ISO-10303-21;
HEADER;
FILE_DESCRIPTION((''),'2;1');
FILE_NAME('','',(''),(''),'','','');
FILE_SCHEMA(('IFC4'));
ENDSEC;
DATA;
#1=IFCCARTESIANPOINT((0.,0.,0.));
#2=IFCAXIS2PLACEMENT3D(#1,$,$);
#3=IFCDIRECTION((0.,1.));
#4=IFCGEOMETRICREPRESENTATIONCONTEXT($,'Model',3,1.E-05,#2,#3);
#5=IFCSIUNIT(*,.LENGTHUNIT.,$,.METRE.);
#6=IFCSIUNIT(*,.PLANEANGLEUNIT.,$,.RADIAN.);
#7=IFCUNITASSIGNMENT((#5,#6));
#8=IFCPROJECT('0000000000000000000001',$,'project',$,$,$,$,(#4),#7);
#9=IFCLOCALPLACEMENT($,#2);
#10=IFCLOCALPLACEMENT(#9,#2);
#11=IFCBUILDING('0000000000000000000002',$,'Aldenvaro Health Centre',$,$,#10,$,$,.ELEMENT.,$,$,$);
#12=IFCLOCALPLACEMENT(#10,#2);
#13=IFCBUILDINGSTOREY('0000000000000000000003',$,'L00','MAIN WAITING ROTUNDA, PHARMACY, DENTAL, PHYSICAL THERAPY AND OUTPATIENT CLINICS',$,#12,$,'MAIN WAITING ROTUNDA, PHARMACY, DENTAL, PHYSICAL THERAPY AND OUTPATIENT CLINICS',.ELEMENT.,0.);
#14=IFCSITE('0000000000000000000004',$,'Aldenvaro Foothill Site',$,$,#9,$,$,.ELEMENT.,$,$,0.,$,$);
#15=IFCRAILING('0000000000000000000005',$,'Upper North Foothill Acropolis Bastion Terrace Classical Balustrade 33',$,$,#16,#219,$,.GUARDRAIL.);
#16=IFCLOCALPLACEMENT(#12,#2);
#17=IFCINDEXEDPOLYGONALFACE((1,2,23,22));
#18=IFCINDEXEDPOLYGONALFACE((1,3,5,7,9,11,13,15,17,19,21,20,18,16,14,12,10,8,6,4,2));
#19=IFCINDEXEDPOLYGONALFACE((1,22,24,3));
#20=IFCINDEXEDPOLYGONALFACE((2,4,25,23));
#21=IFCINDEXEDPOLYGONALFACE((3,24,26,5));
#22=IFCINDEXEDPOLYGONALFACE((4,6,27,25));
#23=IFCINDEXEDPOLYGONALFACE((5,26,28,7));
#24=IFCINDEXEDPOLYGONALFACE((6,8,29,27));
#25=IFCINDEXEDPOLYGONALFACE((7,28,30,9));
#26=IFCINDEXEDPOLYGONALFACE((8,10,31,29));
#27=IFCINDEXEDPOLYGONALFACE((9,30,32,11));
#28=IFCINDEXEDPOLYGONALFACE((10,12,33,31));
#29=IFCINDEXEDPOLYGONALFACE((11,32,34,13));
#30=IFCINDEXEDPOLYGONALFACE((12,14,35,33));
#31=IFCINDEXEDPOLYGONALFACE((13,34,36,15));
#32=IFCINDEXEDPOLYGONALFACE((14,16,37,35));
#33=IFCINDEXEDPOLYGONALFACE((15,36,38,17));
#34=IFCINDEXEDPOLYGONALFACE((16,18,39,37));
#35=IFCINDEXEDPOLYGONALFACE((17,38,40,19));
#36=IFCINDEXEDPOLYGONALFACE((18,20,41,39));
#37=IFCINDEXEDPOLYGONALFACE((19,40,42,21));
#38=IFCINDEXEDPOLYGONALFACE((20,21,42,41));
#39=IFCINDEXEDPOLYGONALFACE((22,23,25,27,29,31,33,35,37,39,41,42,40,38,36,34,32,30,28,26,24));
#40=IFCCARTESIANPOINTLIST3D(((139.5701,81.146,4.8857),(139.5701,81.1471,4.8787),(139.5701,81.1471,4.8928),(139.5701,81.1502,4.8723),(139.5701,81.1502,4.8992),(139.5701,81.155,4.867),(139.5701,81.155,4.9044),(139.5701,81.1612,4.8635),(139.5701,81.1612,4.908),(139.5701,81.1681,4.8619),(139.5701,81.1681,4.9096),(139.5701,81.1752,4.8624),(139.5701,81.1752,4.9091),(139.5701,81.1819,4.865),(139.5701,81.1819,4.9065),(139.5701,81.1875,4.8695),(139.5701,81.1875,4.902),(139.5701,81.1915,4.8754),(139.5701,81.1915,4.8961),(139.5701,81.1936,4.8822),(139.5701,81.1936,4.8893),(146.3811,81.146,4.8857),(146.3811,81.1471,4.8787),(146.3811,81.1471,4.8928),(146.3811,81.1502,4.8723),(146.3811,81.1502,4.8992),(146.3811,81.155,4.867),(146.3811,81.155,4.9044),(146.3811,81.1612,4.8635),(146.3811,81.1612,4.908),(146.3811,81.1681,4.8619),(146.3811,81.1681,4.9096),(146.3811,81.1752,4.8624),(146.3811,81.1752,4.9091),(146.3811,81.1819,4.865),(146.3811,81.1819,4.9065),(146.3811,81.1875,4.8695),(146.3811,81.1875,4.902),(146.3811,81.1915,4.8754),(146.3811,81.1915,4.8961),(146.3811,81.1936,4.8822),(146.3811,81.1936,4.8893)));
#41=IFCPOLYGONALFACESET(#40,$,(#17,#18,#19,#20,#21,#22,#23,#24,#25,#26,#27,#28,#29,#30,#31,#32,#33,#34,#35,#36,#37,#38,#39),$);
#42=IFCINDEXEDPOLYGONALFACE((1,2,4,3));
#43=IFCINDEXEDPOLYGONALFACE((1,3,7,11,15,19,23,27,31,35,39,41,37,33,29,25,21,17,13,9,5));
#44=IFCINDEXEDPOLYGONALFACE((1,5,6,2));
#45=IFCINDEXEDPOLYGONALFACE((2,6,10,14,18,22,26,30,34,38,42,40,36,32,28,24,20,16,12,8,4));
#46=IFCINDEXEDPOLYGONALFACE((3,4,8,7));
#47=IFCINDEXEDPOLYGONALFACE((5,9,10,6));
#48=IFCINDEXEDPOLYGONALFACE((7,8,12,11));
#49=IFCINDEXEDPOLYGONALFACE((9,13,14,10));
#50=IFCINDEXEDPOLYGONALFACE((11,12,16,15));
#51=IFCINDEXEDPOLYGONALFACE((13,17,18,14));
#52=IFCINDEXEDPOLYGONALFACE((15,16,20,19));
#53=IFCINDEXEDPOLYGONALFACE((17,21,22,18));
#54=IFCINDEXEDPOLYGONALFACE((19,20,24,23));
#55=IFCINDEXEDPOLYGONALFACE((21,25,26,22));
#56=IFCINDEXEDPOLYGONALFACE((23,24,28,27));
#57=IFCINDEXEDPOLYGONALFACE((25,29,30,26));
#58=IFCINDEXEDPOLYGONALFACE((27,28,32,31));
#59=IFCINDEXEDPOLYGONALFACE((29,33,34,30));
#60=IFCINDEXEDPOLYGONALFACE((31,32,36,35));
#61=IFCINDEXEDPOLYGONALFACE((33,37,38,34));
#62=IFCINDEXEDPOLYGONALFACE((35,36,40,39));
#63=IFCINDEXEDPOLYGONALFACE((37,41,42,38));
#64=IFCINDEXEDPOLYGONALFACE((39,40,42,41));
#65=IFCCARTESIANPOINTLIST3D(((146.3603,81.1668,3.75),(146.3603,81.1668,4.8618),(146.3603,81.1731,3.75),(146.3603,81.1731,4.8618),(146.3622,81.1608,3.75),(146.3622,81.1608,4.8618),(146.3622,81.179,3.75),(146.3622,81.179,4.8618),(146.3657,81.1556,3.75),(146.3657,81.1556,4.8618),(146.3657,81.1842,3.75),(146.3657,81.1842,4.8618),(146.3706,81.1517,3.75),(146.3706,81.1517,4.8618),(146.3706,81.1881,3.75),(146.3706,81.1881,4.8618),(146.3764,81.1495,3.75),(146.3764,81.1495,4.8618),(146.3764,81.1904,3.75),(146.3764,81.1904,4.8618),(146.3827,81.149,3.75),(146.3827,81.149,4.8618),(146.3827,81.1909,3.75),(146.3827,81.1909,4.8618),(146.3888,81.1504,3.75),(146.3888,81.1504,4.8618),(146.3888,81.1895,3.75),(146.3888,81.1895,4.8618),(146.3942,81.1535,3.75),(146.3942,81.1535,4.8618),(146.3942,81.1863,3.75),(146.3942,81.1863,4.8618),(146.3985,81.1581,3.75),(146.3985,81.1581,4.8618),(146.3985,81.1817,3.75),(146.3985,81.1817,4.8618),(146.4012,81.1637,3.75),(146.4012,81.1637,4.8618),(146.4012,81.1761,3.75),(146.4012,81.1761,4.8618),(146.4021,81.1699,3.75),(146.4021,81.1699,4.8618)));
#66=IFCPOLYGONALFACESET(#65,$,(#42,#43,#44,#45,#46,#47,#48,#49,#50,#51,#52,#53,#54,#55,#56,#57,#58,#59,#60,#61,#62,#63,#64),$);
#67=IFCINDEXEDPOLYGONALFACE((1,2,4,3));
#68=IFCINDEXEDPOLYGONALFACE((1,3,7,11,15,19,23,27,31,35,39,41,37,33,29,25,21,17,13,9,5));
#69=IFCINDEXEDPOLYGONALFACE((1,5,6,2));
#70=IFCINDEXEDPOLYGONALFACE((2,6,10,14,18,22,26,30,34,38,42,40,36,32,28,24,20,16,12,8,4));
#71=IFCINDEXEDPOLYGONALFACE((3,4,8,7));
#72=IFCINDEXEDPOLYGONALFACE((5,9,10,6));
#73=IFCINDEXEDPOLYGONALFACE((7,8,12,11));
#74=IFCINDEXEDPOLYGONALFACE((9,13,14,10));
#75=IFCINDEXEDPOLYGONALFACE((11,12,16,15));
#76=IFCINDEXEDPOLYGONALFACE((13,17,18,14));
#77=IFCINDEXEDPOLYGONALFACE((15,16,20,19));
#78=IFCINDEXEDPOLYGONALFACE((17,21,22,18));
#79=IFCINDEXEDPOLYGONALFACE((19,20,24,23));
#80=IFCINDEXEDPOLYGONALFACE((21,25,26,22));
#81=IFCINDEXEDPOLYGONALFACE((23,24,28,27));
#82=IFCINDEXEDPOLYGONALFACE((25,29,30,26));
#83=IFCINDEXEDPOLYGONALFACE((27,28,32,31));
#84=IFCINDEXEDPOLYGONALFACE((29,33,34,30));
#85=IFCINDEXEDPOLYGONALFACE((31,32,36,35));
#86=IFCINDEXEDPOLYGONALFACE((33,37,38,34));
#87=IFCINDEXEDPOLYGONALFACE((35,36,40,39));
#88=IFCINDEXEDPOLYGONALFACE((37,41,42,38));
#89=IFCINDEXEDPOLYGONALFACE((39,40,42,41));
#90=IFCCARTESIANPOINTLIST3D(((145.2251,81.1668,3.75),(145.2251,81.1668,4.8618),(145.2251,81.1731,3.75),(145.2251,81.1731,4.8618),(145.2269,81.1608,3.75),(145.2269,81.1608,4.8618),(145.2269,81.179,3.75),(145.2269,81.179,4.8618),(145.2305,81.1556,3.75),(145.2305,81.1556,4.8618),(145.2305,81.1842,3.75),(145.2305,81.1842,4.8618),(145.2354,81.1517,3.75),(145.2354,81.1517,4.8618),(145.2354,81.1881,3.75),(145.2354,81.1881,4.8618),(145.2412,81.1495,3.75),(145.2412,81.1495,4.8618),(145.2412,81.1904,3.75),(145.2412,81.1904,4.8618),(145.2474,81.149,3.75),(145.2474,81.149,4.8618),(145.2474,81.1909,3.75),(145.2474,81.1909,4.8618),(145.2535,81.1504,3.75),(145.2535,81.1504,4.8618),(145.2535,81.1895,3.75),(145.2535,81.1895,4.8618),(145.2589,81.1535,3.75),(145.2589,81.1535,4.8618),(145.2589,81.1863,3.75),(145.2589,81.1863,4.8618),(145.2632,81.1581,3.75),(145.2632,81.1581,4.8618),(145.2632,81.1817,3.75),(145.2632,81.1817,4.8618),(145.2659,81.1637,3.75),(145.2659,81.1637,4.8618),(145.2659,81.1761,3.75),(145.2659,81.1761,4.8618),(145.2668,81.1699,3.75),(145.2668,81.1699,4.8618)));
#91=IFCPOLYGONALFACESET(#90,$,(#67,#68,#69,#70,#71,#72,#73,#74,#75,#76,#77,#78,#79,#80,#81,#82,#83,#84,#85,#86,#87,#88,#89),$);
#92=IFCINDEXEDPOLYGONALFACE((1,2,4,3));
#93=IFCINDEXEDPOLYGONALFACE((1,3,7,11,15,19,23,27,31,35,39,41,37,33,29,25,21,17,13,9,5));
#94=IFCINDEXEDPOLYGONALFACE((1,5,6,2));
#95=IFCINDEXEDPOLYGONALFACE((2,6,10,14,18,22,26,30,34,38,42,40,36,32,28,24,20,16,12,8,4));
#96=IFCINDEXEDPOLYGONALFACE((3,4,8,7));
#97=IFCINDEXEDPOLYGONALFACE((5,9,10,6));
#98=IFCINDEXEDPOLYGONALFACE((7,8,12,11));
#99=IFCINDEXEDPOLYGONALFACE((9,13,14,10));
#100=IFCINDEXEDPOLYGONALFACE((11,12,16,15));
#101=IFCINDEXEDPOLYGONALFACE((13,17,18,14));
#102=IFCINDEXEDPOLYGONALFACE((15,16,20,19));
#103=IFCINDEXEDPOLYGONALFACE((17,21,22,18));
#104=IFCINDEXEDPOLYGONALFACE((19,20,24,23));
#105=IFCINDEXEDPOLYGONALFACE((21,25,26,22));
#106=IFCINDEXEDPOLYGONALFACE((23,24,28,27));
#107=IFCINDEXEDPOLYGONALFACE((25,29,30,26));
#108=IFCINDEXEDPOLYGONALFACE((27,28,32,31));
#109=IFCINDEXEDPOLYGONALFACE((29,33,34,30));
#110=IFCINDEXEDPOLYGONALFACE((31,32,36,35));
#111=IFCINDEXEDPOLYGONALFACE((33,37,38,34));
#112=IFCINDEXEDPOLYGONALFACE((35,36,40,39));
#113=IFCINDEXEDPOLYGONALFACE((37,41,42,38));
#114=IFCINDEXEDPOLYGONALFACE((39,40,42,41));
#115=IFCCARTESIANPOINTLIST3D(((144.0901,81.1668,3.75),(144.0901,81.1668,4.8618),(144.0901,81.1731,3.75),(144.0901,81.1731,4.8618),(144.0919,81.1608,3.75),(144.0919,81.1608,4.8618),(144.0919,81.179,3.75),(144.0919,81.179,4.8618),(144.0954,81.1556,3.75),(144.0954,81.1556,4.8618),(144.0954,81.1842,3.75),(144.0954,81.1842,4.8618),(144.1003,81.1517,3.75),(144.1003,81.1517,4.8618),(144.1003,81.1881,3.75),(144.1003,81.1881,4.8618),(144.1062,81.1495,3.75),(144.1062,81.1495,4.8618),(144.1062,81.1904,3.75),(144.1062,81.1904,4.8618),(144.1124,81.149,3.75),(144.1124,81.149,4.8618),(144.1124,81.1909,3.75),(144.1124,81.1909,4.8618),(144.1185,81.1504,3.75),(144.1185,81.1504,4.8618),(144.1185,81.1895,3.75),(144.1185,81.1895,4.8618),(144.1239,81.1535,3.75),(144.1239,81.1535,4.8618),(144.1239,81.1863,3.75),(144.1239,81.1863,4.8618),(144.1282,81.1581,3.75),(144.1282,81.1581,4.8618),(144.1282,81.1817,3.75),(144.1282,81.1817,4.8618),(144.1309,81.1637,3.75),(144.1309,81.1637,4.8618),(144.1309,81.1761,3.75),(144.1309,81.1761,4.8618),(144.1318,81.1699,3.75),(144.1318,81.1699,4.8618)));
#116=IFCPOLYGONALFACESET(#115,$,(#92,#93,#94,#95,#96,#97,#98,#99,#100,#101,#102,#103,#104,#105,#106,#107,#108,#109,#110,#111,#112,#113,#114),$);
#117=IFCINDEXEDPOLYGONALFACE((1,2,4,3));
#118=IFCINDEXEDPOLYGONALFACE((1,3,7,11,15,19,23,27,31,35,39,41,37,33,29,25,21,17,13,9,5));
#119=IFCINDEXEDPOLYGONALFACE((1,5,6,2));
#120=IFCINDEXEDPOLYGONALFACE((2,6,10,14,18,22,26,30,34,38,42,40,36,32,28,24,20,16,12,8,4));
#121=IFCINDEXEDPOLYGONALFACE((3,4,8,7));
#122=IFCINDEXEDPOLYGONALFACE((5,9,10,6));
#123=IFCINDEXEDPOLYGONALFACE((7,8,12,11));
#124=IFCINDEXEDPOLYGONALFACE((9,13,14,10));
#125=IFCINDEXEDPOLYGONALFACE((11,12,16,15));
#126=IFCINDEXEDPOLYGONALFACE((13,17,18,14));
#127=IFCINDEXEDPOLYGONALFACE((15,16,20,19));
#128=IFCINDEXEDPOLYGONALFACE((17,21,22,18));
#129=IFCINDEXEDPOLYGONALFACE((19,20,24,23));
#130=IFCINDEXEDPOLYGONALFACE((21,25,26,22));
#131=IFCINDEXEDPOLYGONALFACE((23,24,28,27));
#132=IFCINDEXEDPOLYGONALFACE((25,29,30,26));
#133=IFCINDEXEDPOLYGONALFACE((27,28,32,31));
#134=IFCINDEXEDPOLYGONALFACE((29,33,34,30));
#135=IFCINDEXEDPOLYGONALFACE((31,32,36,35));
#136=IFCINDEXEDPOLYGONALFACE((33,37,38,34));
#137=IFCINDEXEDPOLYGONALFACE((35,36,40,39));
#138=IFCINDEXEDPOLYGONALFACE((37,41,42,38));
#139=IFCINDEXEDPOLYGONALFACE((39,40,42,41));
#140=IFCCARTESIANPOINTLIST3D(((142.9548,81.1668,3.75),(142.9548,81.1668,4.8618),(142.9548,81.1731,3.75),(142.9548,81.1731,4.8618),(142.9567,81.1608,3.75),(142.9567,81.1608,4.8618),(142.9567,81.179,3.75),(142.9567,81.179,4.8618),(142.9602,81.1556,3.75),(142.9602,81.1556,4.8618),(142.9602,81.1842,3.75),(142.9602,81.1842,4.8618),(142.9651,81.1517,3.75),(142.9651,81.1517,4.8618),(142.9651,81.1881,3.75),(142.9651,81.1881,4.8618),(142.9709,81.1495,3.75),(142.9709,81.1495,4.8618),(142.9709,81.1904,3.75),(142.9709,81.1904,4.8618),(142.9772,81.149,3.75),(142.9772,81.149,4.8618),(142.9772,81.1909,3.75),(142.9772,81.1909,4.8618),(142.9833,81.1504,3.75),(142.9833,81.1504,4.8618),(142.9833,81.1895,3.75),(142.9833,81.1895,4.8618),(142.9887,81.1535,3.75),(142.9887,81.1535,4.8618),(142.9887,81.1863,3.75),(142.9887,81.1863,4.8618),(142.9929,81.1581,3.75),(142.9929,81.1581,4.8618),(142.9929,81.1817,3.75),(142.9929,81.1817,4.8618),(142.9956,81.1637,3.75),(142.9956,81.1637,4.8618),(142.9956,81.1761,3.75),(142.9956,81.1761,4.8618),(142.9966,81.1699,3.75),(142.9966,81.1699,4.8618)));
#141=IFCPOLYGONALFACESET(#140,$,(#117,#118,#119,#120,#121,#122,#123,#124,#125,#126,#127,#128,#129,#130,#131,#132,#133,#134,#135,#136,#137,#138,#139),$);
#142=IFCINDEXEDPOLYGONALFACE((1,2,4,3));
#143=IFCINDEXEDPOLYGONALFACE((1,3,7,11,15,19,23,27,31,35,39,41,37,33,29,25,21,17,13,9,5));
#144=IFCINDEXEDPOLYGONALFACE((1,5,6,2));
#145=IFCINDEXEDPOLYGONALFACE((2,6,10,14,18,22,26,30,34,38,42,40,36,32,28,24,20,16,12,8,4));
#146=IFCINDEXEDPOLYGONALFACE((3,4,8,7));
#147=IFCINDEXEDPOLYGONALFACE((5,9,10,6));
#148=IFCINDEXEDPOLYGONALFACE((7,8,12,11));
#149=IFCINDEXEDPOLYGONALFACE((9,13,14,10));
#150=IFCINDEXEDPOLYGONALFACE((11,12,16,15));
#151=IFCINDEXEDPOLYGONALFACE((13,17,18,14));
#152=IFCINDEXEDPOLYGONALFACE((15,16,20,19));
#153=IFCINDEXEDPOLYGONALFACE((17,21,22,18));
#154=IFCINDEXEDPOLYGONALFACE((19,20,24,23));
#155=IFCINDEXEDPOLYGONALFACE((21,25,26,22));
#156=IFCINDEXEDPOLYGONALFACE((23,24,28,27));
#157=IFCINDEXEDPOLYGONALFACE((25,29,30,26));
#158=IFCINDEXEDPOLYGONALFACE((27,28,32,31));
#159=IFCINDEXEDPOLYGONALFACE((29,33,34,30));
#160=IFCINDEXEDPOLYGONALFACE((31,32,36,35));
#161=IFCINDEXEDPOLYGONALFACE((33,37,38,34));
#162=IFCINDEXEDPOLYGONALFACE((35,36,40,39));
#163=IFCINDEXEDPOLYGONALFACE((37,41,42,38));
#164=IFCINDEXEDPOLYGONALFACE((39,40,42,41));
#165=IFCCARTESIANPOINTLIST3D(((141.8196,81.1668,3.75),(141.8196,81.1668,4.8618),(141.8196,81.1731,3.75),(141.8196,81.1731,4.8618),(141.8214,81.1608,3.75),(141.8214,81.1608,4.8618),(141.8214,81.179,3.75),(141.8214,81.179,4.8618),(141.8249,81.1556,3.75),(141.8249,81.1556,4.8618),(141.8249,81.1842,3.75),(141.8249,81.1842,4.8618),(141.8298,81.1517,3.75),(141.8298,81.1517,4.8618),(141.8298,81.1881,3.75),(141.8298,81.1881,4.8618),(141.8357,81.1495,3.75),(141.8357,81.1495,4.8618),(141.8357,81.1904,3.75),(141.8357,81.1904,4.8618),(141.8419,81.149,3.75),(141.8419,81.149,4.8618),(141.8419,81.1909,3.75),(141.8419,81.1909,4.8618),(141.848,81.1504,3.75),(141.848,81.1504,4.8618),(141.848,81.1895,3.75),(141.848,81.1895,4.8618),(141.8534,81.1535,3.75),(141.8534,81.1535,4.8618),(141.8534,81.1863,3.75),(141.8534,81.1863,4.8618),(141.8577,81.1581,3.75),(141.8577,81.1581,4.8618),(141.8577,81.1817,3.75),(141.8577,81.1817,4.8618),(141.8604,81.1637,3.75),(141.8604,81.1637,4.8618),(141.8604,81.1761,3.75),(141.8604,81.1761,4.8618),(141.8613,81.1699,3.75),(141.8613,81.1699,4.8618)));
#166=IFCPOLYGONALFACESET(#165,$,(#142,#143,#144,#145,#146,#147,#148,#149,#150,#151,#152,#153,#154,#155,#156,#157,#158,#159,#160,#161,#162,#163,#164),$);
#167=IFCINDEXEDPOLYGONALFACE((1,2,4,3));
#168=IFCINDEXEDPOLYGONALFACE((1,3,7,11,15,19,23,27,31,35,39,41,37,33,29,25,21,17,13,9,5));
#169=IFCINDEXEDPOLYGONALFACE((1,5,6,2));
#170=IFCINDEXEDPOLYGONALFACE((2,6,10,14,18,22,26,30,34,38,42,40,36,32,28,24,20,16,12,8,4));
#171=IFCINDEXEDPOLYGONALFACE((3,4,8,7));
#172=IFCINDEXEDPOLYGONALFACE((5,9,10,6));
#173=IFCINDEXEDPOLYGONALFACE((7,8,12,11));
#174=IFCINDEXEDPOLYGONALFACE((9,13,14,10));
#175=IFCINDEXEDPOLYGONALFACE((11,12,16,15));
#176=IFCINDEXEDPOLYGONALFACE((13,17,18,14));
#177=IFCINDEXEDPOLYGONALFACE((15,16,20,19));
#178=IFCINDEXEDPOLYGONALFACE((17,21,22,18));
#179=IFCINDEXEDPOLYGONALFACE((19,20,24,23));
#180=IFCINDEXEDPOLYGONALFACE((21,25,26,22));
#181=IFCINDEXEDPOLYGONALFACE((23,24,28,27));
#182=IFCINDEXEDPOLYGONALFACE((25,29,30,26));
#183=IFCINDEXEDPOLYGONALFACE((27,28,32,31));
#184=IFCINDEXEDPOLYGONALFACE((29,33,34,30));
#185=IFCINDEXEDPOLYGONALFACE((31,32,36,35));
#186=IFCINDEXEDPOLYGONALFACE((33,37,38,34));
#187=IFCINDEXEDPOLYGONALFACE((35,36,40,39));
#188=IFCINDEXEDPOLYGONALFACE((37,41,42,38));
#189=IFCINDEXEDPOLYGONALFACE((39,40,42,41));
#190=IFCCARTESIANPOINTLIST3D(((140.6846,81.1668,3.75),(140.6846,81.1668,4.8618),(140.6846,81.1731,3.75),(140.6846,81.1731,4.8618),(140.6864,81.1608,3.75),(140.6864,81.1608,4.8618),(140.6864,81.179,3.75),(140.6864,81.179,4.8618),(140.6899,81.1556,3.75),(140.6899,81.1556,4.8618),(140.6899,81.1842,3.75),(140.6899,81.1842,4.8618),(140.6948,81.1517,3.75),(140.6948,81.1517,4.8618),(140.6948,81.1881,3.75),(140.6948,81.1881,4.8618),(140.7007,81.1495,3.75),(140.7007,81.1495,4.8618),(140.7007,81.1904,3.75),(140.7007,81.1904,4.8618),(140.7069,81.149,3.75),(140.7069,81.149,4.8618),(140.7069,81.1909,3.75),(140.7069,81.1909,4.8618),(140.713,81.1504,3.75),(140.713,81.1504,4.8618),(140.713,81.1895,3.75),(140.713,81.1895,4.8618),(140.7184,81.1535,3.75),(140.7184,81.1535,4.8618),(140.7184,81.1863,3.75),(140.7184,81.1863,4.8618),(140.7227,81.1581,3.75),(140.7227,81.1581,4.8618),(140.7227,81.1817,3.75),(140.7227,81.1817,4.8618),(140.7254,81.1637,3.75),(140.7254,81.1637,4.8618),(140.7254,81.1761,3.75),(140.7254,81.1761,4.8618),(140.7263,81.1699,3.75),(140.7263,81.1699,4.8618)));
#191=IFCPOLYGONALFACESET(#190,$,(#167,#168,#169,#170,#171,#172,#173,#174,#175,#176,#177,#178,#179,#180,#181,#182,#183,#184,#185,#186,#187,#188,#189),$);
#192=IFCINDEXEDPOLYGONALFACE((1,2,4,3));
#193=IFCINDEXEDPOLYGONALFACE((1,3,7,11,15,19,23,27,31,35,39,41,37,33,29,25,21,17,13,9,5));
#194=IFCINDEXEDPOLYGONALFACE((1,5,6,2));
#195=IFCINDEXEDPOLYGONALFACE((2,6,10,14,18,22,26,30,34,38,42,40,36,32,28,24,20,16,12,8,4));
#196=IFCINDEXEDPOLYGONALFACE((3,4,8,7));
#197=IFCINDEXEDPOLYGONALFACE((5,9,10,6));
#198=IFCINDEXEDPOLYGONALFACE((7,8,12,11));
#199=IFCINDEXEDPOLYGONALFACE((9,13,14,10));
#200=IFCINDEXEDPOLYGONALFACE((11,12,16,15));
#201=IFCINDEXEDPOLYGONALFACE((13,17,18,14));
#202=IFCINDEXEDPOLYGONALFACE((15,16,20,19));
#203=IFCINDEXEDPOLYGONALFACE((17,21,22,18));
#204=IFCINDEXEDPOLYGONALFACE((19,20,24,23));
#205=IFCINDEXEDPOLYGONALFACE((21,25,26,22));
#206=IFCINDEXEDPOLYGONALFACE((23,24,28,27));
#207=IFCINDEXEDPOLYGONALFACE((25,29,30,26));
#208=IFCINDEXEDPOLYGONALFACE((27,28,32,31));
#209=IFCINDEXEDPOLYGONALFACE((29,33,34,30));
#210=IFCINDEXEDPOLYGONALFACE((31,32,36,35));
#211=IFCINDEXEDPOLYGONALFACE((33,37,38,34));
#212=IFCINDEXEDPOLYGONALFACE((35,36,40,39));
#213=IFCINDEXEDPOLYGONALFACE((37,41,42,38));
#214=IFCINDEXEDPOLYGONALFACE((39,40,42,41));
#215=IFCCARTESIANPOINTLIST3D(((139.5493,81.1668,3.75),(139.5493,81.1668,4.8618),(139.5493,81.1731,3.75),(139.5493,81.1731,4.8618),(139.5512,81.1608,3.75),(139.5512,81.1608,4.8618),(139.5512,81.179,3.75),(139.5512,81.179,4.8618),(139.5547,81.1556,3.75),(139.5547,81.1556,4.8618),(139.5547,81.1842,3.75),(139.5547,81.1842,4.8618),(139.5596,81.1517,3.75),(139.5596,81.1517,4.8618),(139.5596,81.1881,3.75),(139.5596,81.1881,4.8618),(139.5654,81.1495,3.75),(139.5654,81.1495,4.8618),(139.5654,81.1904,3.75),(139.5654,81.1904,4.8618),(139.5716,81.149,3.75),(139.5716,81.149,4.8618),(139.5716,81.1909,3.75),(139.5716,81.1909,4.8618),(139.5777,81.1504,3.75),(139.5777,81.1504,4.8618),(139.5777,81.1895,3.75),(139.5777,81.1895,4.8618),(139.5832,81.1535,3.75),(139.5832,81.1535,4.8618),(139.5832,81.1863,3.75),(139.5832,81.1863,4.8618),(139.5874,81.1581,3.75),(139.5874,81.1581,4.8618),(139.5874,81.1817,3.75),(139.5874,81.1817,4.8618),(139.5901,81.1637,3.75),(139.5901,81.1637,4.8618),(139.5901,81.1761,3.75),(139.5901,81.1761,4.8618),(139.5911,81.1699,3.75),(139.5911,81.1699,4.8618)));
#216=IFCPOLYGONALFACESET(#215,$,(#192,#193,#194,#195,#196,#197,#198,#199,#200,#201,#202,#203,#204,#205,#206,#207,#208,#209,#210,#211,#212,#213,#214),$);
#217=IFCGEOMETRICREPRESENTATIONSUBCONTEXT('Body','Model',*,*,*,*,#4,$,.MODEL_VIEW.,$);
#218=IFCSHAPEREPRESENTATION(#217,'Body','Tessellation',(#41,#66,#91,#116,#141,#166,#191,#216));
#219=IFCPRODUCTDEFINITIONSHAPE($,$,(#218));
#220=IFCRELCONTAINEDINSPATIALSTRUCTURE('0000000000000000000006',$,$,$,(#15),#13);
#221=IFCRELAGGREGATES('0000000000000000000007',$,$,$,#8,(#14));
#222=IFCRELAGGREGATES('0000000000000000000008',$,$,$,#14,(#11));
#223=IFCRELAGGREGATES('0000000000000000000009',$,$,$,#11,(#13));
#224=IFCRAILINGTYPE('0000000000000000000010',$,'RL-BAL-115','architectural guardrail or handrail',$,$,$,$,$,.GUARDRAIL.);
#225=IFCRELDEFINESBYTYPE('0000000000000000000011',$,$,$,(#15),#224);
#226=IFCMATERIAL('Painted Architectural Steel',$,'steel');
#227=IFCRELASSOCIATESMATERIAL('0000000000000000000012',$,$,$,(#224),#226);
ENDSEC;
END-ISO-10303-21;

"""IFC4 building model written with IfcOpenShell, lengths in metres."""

from ifc_helpers import new_model, si_unit, direction, frame, origin, origin_2d, place, context, subcontext, project, spatial, circle, extrude, material, type_object, element, save


model = new_model("IFC4")

# Units and contexts
model_context = context("Model", 3, precision=1e-05, world=origin(), true_north=direction((0.0, 1.0)))
body_context = subcontext(model_context, "Body", "Model", "MODEL_VIEW")
ifc_project = project(units=[si_unit("LENGTHUNIT", "METRE"), si_unit("PLANEANGLEUNIT", "RADIAN")], contexts=[model_context])

# Site, building, storey
site_placement = place(None, origin())
site = spatial("IfcSite", under=ifc_project, at=site_placement, Name="Aldenvaro Foothill Site", CompositionType="ELEMENT", RefElevation=0.0)
building_placement = place(site_placement, origin())
building = spatial("IfcBuilding", under=site, at=building_placement, Name="Aldenvaro Health Centre", CompositionType="ELEMENT")
storey_placement = place(building_placement, origin())
storey = spatial("IfcBuildingStorey", under=building, at=storey_placement, Name="L00", Description="MAIN WAITING ROTUNDA, PHARMACY, DENTAL, PHYSICAL THERAPY AND OUTPATIENT CLINICS", LongName="MAIN WAITING ROTUNDA, PHARMACY, DENTAL, PHYSICAL THERAPY AND OUTPATIENT CLINICS", CompositionType="ELEMENT", Elevation=0.0)

# Railing
ifc_material_1 = material(Name="Painted Architectural Steel", Category="steel")
railing_type_1 = type_object("IfcRailingType", Name="RL-BAL-115", Description="architectural guardrail or handrail", PredefinedType="GUARDRAIL", material=ifc_material_1)
railing_1_placement = place(storey_placement, frame((146.3811, 81.1699, 3.75)))
element("IfcRailing", 1, at=railing_1_placement, inside=storey, type_object=railing_type_1, Name="Upper North Foothill Acropolis Bastion Terrace Classical Balustrade 33", PredefinedType="GUARDRAIL", context=body_context, shape_type="SweptSolid", body=[
    extrude(circle(Radius=0.0239, at=origin_2d()), frame((0.0, 0.0, 1.1357), z_axis=(-1.0, 0.0, 0.0), x_axis=(0.0, -1.0, 0.0)), (0.0, 0.0, 1.0), 6.811),
    extrude(circle(Radius=0.021, at=origin_2d()), origin(), (0.0, 0.0, 1.0), 1.1118),
    extrude(circle(Radius=0.021, at=origin_2d()), frame((-1.1353, 0.0, 0.0)), (0.0, 0.0, 1.0), 1.1118),
    extrude(circle(Radius=0.021, at=origin_2d()), frame((-2.2703, 0.0, 0.0)), (0.0, 0.0, 1.0), 1.1118),
    extrude(circle(Radius=0.021, at=origin_2d()), frame((-3.4055, 0.0, 0.0)), (0.0, 0.0, 1.0), 1.1118),
    extrude(circle(Radius=0.021, at=origin_2d()), frame((-4.5408, 0.0, 0.0)), (0.0, 0.0, 1.0), 1.1118),
    extrude(circle(Radius=0.021, at=origin_2d()), frame((-5.6758, 0.0, 0.0)), (0.0, 0.0, 1.0), 1.1118),
    extrude(circle(Radius=0.021, at=origin_2d()), frame((-6.811, 0.0, 0.0)), (0.0, 0.0, 1.0), 1.1118),
])

save(model, "model.ifc")
